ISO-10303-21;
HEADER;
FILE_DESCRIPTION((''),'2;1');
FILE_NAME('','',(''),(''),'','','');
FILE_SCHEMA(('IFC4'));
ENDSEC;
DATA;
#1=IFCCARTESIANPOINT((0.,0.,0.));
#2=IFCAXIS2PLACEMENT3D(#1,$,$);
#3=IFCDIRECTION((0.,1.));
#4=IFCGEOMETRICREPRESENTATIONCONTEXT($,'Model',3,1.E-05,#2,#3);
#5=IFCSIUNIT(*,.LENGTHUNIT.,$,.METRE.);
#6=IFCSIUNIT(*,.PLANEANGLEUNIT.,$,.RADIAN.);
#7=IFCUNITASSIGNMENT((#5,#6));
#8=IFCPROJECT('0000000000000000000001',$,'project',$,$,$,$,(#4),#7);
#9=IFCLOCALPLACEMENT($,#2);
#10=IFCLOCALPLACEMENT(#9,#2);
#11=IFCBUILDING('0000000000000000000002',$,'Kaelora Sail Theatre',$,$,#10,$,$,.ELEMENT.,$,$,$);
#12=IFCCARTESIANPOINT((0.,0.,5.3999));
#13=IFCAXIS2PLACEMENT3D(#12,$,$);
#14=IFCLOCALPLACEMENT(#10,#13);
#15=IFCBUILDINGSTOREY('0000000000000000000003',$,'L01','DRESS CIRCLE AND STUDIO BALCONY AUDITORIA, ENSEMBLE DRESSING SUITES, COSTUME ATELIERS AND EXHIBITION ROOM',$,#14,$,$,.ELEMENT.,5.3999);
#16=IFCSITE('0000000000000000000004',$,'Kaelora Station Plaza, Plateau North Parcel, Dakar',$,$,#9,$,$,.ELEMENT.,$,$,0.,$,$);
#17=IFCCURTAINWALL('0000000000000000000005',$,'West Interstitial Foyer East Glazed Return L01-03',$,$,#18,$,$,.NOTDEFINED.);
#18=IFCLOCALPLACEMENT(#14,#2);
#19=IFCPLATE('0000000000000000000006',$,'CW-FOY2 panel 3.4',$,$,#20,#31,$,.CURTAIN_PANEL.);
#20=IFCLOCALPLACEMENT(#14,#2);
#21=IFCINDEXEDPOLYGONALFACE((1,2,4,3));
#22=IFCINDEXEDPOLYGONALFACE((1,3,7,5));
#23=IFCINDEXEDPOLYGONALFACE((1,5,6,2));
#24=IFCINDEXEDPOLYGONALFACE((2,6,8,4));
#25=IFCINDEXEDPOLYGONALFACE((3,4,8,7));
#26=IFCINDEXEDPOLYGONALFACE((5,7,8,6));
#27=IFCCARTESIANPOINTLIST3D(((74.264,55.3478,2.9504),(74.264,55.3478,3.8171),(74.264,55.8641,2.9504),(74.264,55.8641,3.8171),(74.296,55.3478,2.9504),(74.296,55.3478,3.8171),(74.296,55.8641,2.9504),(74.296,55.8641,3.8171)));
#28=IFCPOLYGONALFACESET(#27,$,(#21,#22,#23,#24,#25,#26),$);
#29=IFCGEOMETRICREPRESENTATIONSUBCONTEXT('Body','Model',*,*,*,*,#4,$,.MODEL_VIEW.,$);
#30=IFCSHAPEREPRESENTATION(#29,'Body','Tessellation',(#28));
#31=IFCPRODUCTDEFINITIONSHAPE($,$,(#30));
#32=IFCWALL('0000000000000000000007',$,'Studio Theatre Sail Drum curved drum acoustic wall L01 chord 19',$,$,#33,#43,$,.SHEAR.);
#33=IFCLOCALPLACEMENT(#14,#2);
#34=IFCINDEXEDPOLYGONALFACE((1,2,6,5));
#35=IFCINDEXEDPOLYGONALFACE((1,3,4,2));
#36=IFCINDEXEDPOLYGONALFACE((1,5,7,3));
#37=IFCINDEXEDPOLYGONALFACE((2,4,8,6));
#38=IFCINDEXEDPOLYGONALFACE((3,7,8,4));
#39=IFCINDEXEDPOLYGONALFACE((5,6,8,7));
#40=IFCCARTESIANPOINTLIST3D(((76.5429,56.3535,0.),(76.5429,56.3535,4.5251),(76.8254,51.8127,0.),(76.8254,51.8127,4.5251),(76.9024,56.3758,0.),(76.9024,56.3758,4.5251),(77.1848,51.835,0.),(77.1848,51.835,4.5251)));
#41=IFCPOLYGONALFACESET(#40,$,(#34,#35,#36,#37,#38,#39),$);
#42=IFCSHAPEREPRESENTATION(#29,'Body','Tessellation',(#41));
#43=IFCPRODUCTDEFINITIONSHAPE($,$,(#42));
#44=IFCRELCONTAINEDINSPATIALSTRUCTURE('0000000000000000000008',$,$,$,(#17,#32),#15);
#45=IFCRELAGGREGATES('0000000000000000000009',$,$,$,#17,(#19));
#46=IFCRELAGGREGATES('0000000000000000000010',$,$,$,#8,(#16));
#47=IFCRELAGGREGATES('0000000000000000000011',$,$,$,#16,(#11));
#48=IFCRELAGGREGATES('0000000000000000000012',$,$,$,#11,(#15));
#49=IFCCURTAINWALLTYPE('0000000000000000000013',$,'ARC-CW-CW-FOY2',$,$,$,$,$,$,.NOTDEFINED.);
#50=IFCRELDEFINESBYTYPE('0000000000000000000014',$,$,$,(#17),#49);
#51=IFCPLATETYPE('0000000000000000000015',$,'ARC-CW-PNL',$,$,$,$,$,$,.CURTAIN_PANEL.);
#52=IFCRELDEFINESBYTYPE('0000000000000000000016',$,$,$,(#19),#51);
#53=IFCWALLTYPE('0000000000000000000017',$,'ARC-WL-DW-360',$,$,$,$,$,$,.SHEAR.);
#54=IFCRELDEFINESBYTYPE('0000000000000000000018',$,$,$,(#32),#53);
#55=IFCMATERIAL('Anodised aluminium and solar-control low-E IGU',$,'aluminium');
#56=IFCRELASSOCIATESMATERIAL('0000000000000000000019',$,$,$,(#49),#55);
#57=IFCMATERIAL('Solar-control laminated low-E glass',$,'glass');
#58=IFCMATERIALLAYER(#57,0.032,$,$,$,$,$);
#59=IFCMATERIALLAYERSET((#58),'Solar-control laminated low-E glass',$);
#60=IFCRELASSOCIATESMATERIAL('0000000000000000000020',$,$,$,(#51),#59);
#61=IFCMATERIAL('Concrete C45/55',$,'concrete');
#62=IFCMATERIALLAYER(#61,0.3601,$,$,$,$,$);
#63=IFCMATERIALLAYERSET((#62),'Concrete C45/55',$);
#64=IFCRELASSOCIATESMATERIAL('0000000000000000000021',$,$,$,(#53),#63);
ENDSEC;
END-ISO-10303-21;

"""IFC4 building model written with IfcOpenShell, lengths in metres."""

from ifc_helpers import new_model, si_unit, direction, frame, frame_2d, origin, origin_2d, place, context, subcontext, project, spatial, rectangle, extrude, material, layer, layer_set, type_object, element, aggregate, save


model = new_model("IFC4")

# Units and contexts
model_context = context("Model", 3, precision=1e-05, world=origin(), true_north=direction((0.0, 1.0)))
body_context = subcontext(model_context, "Body", "Model", "MODEL_VIEW")
ifc_project = project(units=[si_unit("LENGTHUNIT", "METRE"), si_unit("PLANEANGLEUNIT", "RADIAN")], contexts=[model_context])

# Site, building, storey
site_placement = place(None, origin())
site = spatial("IfcSite", under=ifc_project, at=site_placement, Name="Kaelora Station Plaza, Plateau North Parcel, Dakar", CompositionType="ELEMENT", RefElevation=0.0)
building_placement = place(site_placement, origin())
building = spatial("IfcBuilding", under=site, at=building_placement, Name="Kaelora Sail Theatre", CompositionType="ELEMENT")
storey_placement = place(building_placement, frame((0.0, 0.0, 5.3999)))
storey = spatial("IfcBuildingStorey", under=building, at=storey_placement, Name="L01", Description="DRESS CIRCLE AND STUDIO BALCONY AUDITORIA, ENSEMBLE DRESSING SUITES, COSTUME ATELIERS AND EXHIBITION ROOM", CompositionType="ELEMENT", Elevation=5.3999)

# Curtain wall, plate
ifc_material_1 = material(Name="Anodised aluminium and solar-control low-E IGU", Category="aluminium")
curtain_wall_type = type_object("IfcCurtainWallType", Name="ARC-CW-CW-FOY2", PredefinedType="NOTDEFINED", material=ifc_material_1)
curtain_wall_placement = place(storey_placement, origin())
curtain_wall = element("IfcCurtainWall", 1, at=curtain_wall_placement, inside=storey, type_object=curtain_wall_type, Name="West Interstitial Foyer East Glazed Return L01-03", PredefinedType="NOTDEFINED")
ifc_material_2 = material(Name="Solar-control laminated low-E glass", Category="glass")
ifc_layer_1 = layer(ifc_material_2, 0.032)
ifc_layer_set_1 = layer_set([ifc_layer_1], Name="Solar-control laminated low-E glass")
plate_type = type_object("IfcPlateType", Name="ARC-CW-PNL", PredefinedType="CURTAIN_PANEL", material=ifc_layer_set_1)
plate_1_placement = place(storey_placement, frame((74.28, 55.606, 2.9504), z_axis=(0.0, 0.0, 1.0), x_axis=(0.0, 1.0, 0.0)))
plate_1 = element("IfcPlate", 2, at=plate_1_placement, type_object=plate_type, Name="CW-FOY2 panel 3.4", PredefinedType="CURTAIN_PANEL", context=body_context, shape_type="SweptSolid", body=[
    extrude(rectangle(XDim=0.5164, YDim=0.032, at=origin_2d()), origin(), (0.0, 0.0, 1.0), 0.8667),
])
aggregate(curtain_wall, [plate_1])

# Wall
ifc_material_3 = material(Name="Concrete C45/55", Category="concrete")
ifc_layer_2 = layer(ifc_material_3, 0.3601)
ifc_layer_set_2 = layer_set([ifc_layer_2], Name="Concrete C45/55")
wall_type = type_object("IfcWallType", Name="ARC-WL-DW-360", PredefinedType="SHEAR", material=ifc_layer_set_2)
wall_placement = place(storey_placement, frame((77.0051, 51.8237, 0.0), z_axis=(0.0, 0.0, 1.0), x_axis=(-0.062088, 0.998071, 0.0)))
element("IfcWall", 3, at=wall_placement, inside=storey, type_object=wall_type, Name="Studio Theatre Sail Drum curved drum acoustic wall L01 chord 19", PredefinedType="SHEAR", context=body_context, shape_type="SweptSolid", body=[
    extrude(rectangle(XDim=4.5496, YDim=0.3601, at=frame_2d((2.2749, 0.0))), origin(), (0.0, 0.0, 1.0), 4.5251),
])

save(model, "model.ifc")
